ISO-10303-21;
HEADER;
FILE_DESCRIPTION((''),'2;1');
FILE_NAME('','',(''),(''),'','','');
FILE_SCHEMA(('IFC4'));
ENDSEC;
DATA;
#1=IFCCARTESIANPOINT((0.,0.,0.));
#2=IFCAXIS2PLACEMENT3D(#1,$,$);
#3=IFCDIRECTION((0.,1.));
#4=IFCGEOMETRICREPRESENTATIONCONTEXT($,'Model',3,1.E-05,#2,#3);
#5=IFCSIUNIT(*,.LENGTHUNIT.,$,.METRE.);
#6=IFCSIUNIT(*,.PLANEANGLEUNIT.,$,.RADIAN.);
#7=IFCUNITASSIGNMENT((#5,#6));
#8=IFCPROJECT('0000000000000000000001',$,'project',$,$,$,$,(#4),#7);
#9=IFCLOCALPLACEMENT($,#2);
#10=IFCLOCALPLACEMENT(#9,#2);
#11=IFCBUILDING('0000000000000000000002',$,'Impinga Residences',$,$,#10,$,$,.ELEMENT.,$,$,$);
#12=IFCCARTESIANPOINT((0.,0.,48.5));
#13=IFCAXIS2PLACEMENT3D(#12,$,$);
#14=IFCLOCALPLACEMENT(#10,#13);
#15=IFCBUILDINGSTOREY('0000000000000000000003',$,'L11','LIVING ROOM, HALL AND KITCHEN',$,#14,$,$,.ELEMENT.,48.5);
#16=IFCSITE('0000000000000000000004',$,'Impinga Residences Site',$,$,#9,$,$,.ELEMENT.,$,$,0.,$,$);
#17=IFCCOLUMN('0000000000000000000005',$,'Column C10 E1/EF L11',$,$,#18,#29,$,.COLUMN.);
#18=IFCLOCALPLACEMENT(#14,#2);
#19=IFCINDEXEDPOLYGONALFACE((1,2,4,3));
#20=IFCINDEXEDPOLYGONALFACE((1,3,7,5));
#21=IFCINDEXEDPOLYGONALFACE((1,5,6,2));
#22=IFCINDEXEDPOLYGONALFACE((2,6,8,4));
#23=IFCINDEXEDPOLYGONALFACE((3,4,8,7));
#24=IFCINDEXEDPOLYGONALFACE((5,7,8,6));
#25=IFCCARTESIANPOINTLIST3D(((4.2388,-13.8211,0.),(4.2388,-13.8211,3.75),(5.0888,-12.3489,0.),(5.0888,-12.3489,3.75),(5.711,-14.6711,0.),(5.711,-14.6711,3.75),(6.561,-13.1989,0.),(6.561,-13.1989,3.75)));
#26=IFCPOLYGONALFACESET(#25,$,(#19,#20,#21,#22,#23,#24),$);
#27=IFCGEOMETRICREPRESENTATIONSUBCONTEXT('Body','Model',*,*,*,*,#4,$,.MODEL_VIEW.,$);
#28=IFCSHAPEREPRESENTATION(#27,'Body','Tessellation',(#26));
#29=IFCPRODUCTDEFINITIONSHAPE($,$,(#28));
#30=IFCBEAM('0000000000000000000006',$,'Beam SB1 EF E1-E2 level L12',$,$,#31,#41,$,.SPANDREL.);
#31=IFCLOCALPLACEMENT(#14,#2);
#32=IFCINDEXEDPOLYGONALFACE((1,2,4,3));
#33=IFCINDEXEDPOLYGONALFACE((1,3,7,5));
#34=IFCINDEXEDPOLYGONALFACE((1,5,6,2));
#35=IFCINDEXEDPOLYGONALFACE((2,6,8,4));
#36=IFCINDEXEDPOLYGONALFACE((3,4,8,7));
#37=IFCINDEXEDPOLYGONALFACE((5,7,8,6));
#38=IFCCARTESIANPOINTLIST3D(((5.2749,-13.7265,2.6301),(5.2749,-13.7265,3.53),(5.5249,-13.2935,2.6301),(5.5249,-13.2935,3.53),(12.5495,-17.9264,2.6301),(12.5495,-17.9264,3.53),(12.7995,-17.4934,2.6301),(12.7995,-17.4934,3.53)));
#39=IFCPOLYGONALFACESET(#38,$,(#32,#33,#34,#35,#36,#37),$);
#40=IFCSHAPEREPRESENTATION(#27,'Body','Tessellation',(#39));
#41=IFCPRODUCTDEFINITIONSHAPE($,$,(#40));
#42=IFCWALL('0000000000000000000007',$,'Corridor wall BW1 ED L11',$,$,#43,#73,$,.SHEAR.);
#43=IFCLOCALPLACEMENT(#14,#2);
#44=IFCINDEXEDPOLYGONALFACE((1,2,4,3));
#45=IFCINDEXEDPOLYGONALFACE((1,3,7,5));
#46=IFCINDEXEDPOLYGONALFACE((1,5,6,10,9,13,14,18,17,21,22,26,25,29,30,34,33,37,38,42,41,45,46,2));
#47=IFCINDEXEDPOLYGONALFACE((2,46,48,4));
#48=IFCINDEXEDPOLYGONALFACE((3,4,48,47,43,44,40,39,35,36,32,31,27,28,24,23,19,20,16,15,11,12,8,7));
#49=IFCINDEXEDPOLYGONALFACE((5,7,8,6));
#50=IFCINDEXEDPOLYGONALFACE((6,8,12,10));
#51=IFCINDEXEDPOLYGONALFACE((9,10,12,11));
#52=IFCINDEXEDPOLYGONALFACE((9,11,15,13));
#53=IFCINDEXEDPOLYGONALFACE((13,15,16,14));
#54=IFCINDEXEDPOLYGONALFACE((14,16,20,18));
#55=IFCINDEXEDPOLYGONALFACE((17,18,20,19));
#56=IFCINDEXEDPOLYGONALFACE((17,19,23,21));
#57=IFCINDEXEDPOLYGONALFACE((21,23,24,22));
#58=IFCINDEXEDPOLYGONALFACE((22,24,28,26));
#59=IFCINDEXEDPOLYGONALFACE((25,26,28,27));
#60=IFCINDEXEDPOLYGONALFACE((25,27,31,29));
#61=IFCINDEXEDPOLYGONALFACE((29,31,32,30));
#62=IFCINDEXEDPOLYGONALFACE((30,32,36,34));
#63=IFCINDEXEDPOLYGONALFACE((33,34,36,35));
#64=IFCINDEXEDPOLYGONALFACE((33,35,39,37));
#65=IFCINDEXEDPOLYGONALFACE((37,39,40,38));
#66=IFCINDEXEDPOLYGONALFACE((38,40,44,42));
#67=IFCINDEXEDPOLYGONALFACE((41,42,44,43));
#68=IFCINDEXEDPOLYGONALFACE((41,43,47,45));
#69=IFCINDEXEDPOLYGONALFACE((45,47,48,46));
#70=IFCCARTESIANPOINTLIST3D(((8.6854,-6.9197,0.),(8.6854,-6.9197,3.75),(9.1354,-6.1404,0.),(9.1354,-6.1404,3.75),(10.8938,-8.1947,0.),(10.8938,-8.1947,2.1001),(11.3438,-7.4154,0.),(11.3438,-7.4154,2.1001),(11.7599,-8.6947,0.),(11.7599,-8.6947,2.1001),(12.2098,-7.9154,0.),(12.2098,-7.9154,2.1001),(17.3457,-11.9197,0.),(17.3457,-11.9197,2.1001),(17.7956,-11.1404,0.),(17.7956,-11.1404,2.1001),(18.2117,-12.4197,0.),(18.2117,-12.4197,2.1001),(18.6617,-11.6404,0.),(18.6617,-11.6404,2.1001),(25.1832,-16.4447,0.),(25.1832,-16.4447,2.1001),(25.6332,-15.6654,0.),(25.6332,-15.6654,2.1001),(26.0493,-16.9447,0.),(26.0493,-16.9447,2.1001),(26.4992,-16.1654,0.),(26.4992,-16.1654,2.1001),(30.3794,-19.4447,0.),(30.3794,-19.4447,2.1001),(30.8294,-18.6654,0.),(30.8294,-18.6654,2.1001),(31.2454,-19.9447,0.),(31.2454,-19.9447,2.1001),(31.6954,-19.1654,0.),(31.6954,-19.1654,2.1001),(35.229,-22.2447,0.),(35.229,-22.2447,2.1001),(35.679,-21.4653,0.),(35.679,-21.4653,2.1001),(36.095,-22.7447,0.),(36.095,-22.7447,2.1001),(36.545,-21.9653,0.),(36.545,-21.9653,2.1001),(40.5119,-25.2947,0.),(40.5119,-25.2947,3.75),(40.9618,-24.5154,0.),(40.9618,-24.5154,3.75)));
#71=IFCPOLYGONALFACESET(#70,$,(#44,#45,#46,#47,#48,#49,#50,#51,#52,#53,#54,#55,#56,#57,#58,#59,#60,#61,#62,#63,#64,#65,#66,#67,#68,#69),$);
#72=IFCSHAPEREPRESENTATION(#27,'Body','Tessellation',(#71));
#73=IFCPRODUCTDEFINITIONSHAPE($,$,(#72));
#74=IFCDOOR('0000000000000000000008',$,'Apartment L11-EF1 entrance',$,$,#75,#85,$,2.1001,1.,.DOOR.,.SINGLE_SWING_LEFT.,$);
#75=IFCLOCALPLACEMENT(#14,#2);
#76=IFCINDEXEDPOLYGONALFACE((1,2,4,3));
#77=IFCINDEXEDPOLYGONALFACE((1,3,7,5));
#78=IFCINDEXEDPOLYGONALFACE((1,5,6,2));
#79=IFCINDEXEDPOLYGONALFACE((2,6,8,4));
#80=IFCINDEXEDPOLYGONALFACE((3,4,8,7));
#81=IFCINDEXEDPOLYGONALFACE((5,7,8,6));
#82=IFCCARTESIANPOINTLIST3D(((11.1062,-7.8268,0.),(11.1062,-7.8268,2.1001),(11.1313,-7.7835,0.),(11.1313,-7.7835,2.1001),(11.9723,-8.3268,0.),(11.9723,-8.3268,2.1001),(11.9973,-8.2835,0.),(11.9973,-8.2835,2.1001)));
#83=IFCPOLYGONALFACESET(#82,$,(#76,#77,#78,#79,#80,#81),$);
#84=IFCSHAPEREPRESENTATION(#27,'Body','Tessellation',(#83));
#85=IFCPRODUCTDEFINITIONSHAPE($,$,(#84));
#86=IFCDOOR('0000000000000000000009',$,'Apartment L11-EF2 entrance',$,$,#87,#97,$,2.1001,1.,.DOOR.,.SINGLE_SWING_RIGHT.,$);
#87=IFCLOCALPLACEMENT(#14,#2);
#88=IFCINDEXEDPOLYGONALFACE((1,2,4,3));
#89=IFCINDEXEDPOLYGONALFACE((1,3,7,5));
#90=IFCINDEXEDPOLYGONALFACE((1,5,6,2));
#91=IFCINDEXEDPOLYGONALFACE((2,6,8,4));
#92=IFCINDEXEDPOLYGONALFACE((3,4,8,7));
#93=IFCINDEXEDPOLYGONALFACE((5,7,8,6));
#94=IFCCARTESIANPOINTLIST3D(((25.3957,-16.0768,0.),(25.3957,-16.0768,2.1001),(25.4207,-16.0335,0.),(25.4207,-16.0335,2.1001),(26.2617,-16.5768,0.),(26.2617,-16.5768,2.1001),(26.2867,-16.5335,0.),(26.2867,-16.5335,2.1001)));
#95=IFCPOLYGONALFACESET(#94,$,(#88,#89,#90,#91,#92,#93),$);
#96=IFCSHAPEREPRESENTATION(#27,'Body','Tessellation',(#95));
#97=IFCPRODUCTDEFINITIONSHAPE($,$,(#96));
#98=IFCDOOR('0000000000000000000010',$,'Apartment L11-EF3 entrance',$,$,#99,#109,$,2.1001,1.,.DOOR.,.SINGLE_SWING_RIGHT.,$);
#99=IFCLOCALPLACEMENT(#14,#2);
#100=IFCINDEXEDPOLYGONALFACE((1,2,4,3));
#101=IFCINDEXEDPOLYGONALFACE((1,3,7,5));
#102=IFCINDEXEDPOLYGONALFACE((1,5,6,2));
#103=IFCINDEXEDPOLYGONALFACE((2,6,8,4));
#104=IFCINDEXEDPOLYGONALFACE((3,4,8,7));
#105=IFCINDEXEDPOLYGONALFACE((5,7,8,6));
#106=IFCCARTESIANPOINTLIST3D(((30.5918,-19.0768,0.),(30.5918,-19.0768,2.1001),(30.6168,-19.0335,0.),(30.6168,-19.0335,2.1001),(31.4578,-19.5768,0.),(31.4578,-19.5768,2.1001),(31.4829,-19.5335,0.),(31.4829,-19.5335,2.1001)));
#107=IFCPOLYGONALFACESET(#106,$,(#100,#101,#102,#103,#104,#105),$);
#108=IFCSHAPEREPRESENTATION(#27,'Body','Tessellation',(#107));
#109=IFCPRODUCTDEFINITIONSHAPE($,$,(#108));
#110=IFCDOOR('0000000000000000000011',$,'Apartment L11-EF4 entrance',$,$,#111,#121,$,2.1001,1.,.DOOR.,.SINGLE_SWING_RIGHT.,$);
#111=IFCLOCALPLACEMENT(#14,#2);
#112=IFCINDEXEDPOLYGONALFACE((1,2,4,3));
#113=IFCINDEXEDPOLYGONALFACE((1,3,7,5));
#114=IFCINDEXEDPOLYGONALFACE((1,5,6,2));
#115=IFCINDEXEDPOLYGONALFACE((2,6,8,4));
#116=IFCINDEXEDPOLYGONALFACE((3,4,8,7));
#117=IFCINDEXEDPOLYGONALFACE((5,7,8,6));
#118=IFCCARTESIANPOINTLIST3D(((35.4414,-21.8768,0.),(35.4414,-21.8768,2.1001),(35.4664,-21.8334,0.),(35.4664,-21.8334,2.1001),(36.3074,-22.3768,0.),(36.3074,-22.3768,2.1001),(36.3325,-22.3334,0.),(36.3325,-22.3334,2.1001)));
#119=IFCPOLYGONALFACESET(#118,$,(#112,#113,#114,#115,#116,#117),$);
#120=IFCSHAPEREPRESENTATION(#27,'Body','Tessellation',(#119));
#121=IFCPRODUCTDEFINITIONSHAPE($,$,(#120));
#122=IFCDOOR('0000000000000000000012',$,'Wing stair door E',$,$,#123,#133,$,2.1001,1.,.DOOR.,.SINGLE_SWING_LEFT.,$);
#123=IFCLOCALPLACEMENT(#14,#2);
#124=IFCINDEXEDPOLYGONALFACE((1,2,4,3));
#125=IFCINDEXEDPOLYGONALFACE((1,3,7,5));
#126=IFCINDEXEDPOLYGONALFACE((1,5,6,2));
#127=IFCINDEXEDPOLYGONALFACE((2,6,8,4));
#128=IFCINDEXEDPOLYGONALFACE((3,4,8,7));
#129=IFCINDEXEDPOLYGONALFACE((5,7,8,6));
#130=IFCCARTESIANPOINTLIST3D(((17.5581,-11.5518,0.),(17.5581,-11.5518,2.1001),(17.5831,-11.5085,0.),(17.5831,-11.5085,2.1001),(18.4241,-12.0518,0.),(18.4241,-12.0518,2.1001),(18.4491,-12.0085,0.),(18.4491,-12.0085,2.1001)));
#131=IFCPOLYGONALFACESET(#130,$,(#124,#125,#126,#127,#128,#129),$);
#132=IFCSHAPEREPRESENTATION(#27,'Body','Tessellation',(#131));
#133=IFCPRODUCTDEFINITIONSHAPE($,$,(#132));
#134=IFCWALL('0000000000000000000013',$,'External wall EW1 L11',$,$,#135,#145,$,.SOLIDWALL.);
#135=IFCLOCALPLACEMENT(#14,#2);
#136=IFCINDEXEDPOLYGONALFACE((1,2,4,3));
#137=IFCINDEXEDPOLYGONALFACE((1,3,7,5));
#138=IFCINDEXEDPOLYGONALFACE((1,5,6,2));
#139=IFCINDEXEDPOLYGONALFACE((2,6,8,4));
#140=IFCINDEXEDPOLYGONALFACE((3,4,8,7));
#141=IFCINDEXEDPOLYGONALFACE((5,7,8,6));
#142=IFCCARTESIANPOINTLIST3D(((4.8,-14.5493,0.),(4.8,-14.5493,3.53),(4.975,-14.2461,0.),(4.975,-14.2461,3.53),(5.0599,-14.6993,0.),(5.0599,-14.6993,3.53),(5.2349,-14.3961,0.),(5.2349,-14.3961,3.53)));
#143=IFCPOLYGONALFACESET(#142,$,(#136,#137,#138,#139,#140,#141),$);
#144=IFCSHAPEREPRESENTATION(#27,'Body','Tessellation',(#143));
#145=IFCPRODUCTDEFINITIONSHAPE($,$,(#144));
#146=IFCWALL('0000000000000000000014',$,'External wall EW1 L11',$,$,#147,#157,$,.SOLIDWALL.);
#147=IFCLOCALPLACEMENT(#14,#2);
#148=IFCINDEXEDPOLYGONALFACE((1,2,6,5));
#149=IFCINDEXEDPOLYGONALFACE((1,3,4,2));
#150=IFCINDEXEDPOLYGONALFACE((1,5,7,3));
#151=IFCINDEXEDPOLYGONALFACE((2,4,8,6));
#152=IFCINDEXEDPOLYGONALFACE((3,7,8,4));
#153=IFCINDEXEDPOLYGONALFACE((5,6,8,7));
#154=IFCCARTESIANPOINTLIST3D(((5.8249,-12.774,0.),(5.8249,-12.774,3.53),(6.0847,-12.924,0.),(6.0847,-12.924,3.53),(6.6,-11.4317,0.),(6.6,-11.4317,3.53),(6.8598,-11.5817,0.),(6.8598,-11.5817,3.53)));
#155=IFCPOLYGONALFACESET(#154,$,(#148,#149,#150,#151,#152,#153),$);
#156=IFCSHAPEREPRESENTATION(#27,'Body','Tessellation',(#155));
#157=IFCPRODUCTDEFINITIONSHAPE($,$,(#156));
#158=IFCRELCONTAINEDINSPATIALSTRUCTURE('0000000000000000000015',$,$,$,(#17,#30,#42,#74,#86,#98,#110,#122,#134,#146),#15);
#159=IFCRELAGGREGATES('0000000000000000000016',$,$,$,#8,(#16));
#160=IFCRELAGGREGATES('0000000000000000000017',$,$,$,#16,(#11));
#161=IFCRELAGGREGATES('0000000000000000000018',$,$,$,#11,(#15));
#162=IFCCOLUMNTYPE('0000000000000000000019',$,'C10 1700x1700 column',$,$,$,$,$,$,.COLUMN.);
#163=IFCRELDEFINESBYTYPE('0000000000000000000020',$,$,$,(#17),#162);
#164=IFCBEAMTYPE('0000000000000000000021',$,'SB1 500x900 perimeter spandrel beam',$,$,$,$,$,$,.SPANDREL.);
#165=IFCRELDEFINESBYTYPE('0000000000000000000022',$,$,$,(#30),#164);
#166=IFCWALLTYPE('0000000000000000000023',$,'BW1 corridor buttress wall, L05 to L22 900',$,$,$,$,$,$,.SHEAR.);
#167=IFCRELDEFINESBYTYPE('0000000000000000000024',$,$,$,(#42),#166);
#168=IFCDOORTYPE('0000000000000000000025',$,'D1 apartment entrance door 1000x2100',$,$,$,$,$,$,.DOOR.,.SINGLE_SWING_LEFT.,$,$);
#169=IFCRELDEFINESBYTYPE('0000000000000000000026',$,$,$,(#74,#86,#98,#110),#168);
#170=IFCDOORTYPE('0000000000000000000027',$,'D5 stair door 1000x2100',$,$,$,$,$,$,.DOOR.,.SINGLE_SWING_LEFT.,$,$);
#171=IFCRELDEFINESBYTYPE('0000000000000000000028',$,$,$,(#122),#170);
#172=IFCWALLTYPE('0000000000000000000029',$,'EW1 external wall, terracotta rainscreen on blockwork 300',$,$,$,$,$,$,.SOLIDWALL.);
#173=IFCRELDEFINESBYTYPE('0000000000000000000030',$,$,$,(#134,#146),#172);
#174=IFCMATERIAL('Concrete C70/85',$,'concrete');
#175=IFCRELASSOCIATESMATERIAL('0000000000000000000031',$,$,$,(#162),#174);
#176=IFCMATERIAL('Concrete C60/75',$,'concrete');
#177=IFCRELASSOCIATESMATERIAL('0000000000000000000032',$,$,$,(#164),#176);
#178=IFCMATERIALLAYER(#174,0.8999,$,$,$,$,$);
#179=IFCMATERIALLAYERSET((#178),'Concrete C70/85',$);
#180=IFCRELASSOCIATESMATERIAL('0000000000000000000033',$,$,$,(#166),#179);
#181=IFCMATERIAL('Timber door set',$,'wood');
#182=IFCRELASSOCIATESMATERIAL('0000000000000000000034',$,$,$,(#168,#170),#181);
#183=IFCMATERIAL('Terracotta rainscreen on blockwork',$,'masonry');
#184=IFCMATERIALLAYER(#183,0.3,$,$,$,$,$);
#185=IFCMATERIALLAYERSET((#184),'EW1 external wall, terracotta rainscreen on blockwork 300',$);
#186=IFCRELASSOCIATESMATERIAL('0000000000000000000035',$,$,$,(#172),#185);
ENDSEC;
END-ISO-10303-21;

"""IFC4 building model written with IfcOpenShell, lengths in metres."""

from ifc_helpers import new_model, si_unit, direction, frame, frame_2d, origin, origin_2d, place, context, subcontext, project, spatial, rectangle, extrude, material, layer, layer_set, material_profile, profile_set, type_object, element, fill, save


model = new_model("IFC4")

# Units and contexts
model_context = context("Model", 3, precision=1e-05, world=origin(), true_north=direction((0.0, 1.0)))
body_context = subcontext(model_context, "Body", "Model", "MODEL_VIEW")
ifc_project = project(units=[si_unit("LENGTHUNIT", "METRE"), si_unit("PLANEANGLEUNIT", "RADIAN")], contexts=[model_context])

# Site, building, storey
site_placement = place(None, origin())
site = spatial("IfcSite", under=ifc_project, at=site_placement, Name="Impinga Residences Site", CompositionType="ELEMENT", RefElevation=0.0)
building_placement = place(site_placement, origin())
building = spatial("IfcBuilding", under=site, at=building_placement, Name="Impinga Residences", CompositionType="ELEMENT")
storey_placement = place(building_placement, frame((0.0, 0.0, 48.5)))
storey = spatial("IfcBuildingStorey", under=building, at=storey_placement, Name="L11", Description="LIVING ROOM, HALL AND KITCHEN", CompositionType="ELEMENT", Elevation=48.5)

# Column
ifc_material_1 = material(Name="Concrete C70/85", Category="concrete")
ifc_material_profile_1 = material_profile(ifc_material_1, rectangle(XDim=1.7, YDim=1.7, at=origin_2d()), Name="RC 1700x1700")
ifc_profile_set_1 = profile_set([ifc_material_profile_1], Name="Concrete C70/85")
column_type = type_object("IfcColumnType", Name="C10 1700x1700 column", PredefinedType="COLUMN", material=ifc_profile_set_1)
column_placement = place(storey_placement, frame((5.3999, -13.51, 0.0), z_axis=(0.0, 0.0, 1.0), x_axis=(-0.5, -0.866025, 0.0)))
element("IfcColumn", 1, at=column_placement, inside=storey, type_object=column_type, Name="Column C10 E1/EF L11", PredefinedType="COLUMN", context=body_context, shape_type="SweptSolid", body=[
    extrude(rectangle(XDim=1.7, YDim=1.7, at=origin_2d()), origin(), (0.0, 0.0, 1.0), 3.75),
])

# Beam
ifc_material_2 = material(Name="Concrete C60/75", Category="concrete")
ifc_material_profile_2 = material_profile(ifc_material_2, rectangle(XDim=0.5, YDim=0.8999, at=origin_2d()), Name="RC 500x900")
ifc_profile_set_2 = profile_set([ifc_material_profile_2], Name="Concrete C60/75")
beam_type = type_object("IfcBeamType", Name="SB1 500x900 perimeter spandrel beam", PredefinedType="SPANDREL", material=ifc_profile_set_2)
beam_placement = place(storey_placement, frame((5.3999, -13.51, 3.0801), z_axis=(0.866029, -0.499993, 0.0), x_axis=(0.499993, 0.866029, 0.0)))
element("IfcBeam", 2, at=beam_placement, inside=storey, type_object=beam_type, Name="Beam SB1 EF E1-E2 level L12", PredefinedType="SPANDREL", context=body_context, shape_type="SweptSolid", body=[
    extrude(rectangle(XDim=0.5, YDim=0.8999, at=origin_2d()), origin(), (0.0, 0.0, 1.0), 8.3999),
])

# Wall, openings, doors
ifc_layer_1 = layer(ifc_material_1, 0.8999)
ifc_layer_set_1 = layer_set([ifc_layer_1], Name="Concrete C70/85")
wall_type_1 = type_object("IfcWallType", Name="BW1 corridor buttress wall, L05 to L22 900", PredefinedType="SHEAR", material=ifc_layer_set_1)
wall_1_placement = place(storey_placement, frame((8.9104, -6.53, 0.0), z_axis=(0.0, 0.0, 1.0), x_axis=(0.866025, -0.5, 0.0)))
wall_1 = element("IfcWall", 3, at=wall_1_placement, inside=storey, type_object=wall_type_1, Name="Corridor wall BW1 ED L11", PredefinedType="SHEAR", context=body_context, shape_type="SweptSolid", body=[
    extrude(rectangle(XDim=36.75, YDim=0.8999, at=frame_2d((18.375, 0.0))), origin(), (0.0, 0.0, 1.0), 3.75),
])
opening_1_placement = place(wall_1_placement, frame((10.0, 0.0, 0.0)))
opening_1 = element("IfcOpeningElement", 4, at=opening_1_placement, cuts=wall_1, PredefinedType="OPENING", context=body_context, shape_type="SweptSolid", body=[
    extrude(rectangle(XDim=1.0, YDim=2.1001, at=frame_2d((0.5, 1.05))), frame((0.0, 0.46, 0.0), z_axis=(0.0, -1.0, 0.0), x_axis=(1.0, 0.0, 0.0)), (0.0, 0.0, 1.0), 0.9199),
])
opening_2_placement = place(wall_1_placement, frame((2.55, 0.0, 0.0)))
opening_2 = element("IfcOpeningElement", 5, at=opening_2_placement, cuts=wall_1, PredefinedType="OPENING", context=body_context, shape_type="SweptSolid", body=[
    extrude(rectangle(XDim=1.0, YDim=2.1001, at=frame_2d((0.5, 1.05))), frame((0.0, 0.46, 0.0), z_axis=(0.0, -1.0, 0.0), x_axis=(1.0, 0.0, 0.0)), (0.0, 0.0, 1.0), 0.9199),
])
opening_3_placement = place(wall_1_placement, frame((19.05, 0.0, 0.0)))
opening_3 = element("IfcOpeningElement", 6, at=opening_3_placement, cuts=wall_1, PredefinedType="OPENING", context=body_context, shape_type="SweptSolid", body=[
    extrude(rectangle(XDim=1.0, YDim=2.1001, at=frame_2d((0.5, 1.05))), frame((0.0, 0.46, 0.0), z_axis=(0.0, -1.0, 0.0), x_axis=(1.0, 0.0, 0.0)), (0.0, 0.0, 1.0), 0.9199),
])
opening_4_placement = place(wall_1_placement, frame((25.05, 0.0, 0.0)))
opening_4 = element("IfcOpeningElement", 7, at=opening_4_placement, cuts=wall_1, PredefinedType="OPENING", context=body_context, shape_type="SweptSolid", body=[
    extrude(rectangle(XDim=1.0, YDim=2.1001, at=frame_2d((0.5, 1.05))), frame((0.0, 0.46, 0.0), z_axis=(0.0, -1.0, 0.0), x_axis=(1.0, 0.0, 0.0)), (0.0, 0.0, 1.0), 0.9199),
])
opening_5_placement = place(wall_1_placement, frame((30.6499, 0.0, 0.0)))
opening_5 = element("IfcOpeningElement", 8, at=opening_5_placement, cuts=wall_1, PredefinedType="OPENING", context=body_context, shape_type="SweptSolid", body=[
    extrude(rectangle(XDim=1.0, YDim=2.1001, at=frame_2d((0.5, 1.05))), frame((0.0, 0.46, 0.0), z_axis=(0.0, -1.0, 0.0), x_axis=(1.0, 0.0, 0.0)), (0.0, 0.0, 1.0), 0.9199),
])
ifc_material_3 = material(Name="Timber door set", Category="wood")
door_type_1 = type_object("IfcDoorType", Name="D1 apartment entrance door 1000x2100", OperationType="SINGLE_SWING_LEFT", PredefinedType="DOOR", material=ifc_material_3)
door_1_placement = place(opening_2_placement, origin())
door_1 = element("IfcDoor", 9, at=door_1_placement, inside=storey, type_object=door_type_1, Name="Apartment L11-EF1 entrance", OperationType="SINGLE_SWING_LEFT", OverallHeight=2.1001, OverallWidth=1.0, PredefinedType="DOOR", context=body_context, shape_type="SweptSolid", body=[
    extrude(rectangle(XDim=1.0, YDim=2.1001, at=frame_2d((0.5, 1.05))), frame((0.0, 0.0249, 0.0), z_axis=(0.0, -1.0, 0.0), x_axis=(1.0, 0.0, 0.0)), (0.0, 0.0, 1.0), 0.05),
])
fill(opening_2, door_1)
door_2_placement = place(opening_3_placement, origin())
door_2 = element("IfcDoor", 10, at=door_2_placement, inside=storey, type_object=door_type_1, Name="Apartment L11-EF2 entrance", OperationType="SINGLE_SWING_RIGHT", OverallHeight=2.1001, OverallWidth=1.0, PredefinedType="DOOR", context=body_context, shape_type="SweptSolid", body=[
    extrude(rectangle(XDim=1.0, YDim=2.1001, at=frame_2d((0.5, 1.05))), frame((0.0, 0.0249, 0.0), z_axis=(0.0, -1.0, 0.0), x_axis=(1.0, 0.0, 0.0)), (0.0, 0.0, 1.0), 0.05),
])
fill(opening_3, door_2)
door_3_placement = place(opening_4_placement, origin())
door_3 = element("IfcDoor", 11, at=door_3_placement, inside=storey, type_object=door_type_1, Name="Apartment L11-EF3 entrance", OperationType="SINGLE_SWING_RIGHT", OverallHeight=2.1001, OverallWidth=1.0, PredefinedType="DOOR", context=body_context, shape_type="SweptSolid", body=[
    extrude(rectangle(XDim=1.0, YDim=2.1001, at=frame_2d((0.5, 1.05))), frame((0.0, 0.0249, 0.0), z_axis=(0.0, -1.0, 0.0), x_axis=(1.0, 0.0, 0.0)), (0.0, 0.0, 1.0), 0.05),
])
fill(opening_4, door_3)
door_4_placement = place(opening_5_placement, origin())
door_4 = element("IfcDoor", 12, at=door_4_placement, inside=storey, type_object=door_type_1, Name="Apartment L11-EF4 entrance", OperationType="SINGLE_SWING_RIGHT", OverallHeight=2.1001, OverallWidth=1.0, PredefinedType="DOOR", context=body_context, shape_type="SweptSolid", body=[
    extrude(rectangle(XDim=1.0, YDim=2.1001, at=frame_2d((0.5, 1.05))), frame((0.0, 0.0249, 0.0), z_axis=(0.0, -1.0, 0.0), x_axis=(1.0, 0.0, 0.0)), (0.0, 0.0, 1.0), 0.05),
])
fill(opening_5, door_4)
door_type_2 = type_object("IfcDoorType", Name="D5 stair door 1000x2100", OperationType="SINGLE_SWING_LEFT", PredefinedType="DOOR", material=ifc_material_3)
door_5_placement = place(opening_1_placement, origin())
door_5 = element("IfcDoor", 13, at=door_5_placement, inside=storey, type_object=door_type_2, Name="Wing stair door E", OperationType="SINGLE_SWING_LEFT", OverallHeight=2.1001, OverallWidth=1.0, PredefinedType="DOOR", context=body_context, shape_type="SweptSolid", body=[
    extrude(rectangle(XDim=1.0, YDim=2.1001, at=frame_2d((0.5, 1.05))), frame((0.0, 0.0249, 0.0), z_axis=(0.0, -1.0, 0.0), x_axis=(1.0, 0.0, 0.0)), (0.0, 0.0, 1.0), 0.05),
])
fill(opening_1, door_5)

# Walls
ifc_material_4 = material(Name="Terracotta rainscreen on blockwork", Category="masonry")
ifc_layer_2 = layer(ifc_material_4, 0.3)
ifc_layer_set_2 = layer_set([ifc_layer_2], Name="EW1 external wall, terracotta rainscreen on blockwork 300")
wall_type_2 = type_object("IfcWallType", Name="EW1 external wall, terracotta rainscreen on blockwork 300", PredefinedType="SOLIDWALL", material=ifc_layer_set_2)
wall_2_placement = place(storey_placement, frame((4.9299, -14.6243, 0.0), z_axis=(0.0, 0.0, 1.0), x_axis=(0.499964, 0.866046, 0.0)))
element("IfcWall", 14, at=wall_2_placement, inside=storey, type_object=wall_type_2, Name="External wall EW1 L11", PredefinedType="SOLIDWALL", context=body_context, shape_type="SweptSolid", body=[
    extrude(rectangle(XDim=0.3501, YDim=0.3, at=frame_2d((0.175, 0.0))), origin(), (0.0, 0.0, 1.0), 3.53),
])
wall_3_placement = place(storey_placement, frame((5.9548, -12.8489, 0.0), z_axis=(0.0, 0.0, 1.0), x_axis=(0.500086, 0.865976, 0.0)))
element("IfcWall", 15, at=wall_3_placement, inside=storey, type_object=wall_type_2, Name="External wall EW1 L11", PredefinedType="SOLIDWALL", context=body_context, shape_type="SweptSolid", body=[
    extrude(rectangle(XDim=1.55, YDim=0.3, at=frame_2d((0.7749, 0.0))), origin(), (0.0, 0.0, 1.0), 3.53),
])

save(model, "model.ifc")
